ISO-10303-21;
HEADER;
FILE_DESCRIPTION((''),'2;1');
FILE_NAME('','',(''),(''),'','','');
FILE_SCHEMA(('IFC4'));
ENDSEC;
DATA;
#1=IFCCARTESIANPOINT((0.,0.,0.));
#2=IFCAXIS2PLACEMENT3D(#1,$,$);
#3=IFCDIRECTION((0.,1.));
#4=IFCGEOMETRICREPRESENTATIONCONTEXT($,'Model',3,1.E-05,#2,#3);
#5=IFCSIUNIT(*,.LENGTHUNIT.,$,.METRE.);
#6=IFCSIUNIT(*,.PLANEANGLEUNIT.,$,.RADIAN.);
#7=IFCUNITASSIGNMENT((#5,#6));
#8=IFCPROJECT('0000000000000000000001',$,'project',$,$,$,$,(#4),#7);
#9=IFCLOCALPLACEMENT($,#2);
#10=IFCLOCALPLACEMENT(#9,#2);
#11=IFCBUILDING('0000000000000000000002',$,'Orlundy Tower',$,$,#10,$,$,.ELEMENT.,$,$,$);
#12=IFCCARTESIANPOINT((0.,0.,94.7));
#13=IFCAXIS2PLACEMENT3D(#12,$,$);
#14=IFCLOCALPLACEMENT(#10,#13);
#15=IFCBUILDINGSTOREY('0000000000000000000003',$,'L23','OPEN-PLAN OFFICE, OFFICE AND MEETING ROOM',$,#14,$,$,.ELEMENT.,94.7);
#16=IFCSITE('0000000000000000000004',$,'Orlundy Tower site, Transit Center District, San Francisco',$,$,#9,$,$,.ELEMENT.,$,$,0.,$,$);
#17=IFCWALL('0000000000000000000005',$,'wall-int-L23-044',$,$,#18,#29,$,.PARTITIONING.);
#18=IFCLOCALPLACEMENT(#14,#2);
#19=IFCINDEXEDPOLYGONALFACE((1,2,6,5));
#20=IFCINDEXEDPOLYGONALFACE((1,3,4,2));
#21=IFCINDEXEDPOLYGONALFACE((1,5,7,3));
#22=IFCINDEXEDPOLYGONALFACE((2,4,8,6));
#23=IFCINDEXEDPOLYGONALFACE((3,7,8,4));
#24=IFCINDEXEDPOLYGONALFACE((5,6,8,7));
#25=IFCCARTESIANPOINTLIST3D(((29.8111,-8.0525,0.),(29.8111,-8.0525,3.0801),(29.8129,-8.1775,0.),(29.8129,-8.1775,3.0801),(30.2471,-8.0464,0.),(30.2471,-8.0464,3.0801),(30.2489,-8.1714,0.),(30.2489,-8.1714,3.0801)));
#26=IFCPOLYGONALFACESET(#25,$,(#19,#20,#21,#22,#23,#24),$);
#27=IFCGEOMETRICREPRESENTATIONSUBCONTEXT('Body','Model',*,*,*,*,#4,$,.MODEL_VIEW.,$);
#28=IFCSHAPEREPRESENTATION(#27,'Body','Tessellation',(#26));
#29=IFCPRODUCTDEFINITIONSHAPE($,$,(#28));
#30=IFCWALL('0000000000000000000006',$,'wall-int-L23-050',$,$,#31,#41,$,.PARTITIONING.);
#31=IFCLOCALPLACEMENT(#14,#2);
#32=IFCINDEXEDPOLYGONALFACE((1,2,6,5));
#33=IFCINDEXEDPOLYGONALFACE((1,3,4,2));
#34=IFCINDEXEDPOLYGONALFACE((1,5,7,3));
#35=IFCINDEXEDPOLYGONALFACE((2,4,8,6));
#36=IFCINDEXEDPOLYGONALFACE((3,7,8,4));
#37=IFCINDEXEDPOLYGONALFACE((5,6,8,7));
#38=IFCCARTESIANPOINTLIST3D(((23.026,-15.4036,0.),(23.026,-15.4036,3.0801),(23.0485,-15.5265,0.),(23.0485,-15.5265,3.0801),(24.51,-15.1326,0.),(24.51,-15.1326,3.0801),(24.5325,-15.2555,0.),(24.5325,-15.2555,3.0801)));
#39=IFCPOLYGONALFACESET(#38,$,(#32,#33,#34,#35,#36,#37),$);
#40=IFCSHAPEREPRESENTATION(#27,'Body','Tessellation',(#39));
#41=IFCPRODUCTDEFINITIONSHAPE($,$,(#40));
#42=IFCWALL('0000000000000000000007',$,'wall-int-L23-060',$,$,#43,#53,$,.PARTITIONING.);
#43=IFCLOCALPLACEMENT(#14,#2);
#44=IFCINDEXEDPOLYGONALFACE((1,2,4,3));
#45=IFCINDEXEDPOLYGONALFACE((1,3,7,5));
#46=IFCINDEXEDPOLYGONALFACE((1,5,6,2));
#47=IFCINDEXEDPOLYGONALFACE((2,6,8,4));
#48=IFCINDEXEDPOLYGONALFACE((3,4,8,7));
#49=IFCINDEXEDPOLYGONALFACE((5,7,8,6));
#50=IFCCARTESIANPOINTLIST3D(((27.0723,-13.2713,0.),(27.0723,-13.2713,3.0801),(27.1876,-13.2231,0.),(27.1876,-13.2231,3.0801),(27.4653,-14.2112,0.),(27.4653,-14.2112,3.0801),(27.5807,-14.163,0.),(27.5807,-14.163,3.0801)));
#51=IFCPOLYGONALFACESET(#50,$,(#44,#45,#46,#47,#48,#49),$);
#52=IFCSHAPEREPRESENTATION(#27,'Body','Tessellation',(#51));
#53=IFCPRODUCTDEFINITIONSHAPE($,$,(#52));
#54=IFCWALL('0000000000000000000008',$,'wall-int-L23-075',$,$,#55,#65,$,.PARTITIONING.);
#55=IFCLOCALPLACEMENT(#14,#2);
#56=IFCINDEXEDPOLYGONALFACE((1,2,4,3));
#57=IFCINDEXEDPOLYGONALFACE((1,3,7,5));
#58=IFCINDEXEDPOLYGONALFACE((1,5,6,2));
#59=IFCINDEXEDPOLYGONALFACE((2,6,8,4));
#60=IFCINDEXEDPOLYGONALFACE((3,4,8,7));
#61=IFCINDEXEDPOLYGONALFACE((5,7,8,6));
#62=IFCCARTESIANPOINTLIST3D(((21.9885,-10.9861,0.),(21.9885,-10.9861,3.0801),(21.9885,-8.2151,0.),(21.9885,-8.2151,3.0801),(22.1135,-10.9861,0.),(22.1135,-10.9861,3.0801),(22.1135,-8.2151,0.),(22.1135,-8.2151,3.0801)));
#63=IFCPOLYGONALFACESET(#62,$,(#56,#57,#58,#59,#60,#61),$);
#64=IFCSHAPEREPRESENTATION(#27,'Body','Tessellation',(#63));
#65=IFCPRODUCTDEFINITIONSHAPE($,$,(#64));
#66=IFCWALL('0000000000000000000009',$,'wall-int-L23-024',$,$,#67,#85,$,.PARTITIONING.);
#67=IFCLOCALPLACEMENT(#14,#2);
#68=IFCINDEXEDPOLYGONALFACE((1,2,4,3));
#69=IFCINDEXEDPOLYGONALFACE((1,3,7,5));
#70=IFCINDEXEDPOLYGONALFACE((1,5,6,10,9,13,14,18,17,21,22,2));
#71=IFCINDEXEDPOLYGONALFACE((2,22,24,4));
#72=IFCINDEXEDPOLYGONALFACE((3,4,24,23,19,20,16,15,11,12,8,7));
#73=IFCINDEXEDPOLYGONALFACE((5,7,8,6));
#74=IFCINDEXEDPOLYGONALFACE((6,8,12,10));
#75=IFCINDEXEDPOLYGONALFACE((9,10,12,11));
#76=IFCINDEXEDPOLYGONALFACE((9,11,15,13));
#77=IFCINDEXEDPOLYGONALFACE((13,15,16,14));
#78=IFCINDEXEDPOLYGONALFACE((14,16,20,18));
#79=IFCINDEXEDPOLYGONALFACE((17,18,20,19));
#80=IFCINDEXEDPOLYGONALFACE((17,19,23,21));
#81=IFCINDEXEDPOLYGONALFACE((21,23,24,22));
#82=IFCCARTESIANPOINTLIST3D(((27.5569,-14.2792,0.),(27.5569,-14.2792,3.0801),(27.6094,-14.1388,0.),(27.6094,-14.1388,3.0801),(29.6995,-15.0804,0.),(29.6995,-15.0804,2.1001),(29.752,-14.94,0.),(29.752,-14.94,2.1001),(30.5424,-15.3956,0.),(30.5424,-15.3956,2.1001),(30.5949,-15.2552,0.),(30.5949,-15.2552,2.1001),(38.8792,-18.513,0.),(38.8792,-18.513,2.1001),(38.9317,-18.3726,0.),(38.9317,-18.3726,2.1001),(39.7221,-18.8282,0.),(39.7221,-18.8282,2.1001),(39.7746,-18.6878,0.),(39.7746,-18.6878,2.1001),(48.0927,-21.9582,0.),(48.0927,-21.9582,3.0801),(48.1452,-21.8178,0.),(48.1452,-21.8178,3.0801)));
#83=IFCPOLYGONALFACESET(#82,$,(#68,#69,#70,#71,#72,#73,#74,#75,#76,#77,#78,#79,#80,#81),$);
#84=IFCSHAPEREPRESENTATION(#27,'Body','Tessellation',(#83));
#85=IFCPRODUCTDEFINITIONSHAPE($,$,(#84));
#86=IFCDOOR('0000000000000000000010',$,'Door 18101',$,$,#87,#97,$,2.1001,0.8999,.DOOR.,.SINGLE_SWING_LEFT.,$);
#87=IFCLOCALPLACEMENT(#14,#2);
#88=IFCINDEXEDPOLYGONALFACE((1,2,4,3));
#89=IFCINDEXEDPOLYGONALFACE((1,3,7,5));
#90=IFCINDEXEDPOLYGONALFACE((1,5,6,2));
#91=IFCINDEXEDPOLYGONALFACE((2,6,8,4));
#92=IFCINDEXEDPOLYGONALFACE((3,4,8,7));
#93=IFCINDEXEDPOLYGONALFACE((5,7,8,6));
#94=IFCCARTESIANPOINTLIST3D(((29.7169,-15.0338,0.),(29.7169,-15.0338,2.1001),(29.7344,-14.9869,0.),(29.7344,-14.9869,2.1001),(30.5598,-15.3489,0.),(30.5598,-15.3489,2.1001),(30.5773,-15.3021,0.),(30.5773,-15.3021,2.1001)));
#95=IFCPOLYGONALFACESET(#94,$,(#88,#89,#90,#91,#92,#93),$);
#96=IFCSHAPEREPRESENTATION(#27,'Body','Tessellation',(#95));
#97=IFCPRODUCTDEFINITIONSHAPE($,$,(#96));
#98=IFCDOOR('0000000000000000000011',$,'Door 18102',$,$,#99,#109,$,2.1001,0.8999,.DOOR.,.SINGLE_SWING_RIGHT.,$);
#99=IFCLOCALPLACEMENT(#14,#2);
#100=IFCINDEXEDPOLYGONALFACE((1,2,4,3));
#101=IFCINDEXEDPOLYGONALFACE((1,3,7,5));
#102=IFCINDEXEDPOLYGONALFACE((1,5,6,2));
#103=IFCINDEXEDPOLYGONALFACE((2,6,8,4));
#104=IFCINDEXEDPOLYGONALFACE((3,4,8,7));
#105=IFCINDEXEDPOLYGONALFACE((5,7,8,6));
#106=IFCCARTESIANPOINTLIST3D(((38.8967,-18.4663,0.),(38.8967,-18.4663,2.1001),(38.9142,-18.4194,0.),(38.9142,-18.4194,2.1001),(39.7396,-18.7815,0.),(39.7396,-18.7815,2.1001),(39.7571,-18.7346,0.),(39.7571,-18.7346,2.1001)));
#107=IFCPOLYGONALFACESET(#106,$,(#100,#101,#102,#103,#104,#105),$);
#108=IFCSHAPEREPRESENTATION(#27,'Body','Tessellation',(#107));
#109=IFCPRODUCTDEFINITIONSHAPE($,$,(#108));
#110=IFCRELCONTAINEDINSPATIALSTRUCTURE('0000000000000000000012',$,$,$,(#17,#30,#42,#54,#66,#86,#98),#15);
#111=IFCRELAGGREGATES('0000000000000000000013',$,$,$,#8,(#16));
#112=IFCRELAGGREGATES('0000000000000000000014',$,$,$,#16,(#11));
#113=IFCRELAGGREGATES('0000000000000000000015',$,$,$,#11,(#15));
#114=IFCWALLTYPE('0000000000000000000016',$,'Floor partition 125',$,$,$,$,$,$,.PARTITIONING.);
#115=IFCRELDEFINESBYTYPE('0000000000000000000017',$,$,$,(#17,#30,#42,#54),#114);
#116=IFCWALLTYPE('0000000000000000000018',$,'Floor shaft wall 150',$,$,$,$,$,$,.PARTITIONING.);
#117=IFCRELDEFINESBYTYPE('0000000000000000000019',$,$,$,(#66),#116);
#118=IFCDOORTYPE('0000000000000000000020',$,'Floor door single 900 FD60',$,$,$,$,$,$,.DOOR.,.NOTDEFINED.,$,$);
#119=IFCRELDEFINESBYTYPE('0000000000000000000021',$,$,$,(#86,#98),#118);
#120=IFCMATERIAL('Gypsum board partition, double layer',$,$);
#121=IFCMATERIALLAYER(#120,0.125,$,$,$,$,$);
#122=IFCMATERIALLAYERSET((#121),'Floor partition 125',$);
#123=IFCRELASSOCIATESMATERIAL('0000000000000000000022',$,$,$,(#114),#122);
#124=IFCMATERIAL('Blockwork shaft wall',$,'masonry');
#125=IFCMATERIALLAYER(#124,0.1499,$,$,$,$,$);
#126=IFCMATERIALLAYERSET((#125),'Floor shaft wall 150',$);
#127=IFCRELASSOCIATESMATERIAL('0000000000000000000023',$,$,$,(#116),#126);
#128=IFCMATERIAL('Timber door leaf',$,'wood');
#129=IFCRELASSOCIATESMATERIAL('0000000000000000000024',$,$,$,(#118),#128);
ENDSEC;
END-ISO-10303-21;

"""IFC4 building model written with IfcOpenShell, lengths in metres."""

from ifc_helpers import new_model, si_unit, direction, frame, frame_2d, origin, place, context, subcontext, project, spatial, rectangle, extrude, material, layer, layer_set, type_object, element, fill, save


model = new_model("IFC4")

# Units and contexts
model_context = context("Model", 3, precision=1e-05, world=origin(), true_north=direction((0.0, 1.0)))
body_context = subcontext(model_context, "Body", "Model", "MODEL_VIEW")
ifc_project = project(units=[si_unit("LENGTHUNIT", "METRE"), si_unit("PLANEANGLEUNIT", "RADIAN")], contexts=[model_context])

# Site, building, storey
site_placement = place(None, origin())
site = spatial("IfcSite", under=ifc_project, at=site_placement, Name="Orlundy Tower site, Transit Center District, San Francisco", CompositionType="ELEMENT", RefElevation=0.0)
building_placement = place(site_placement, origin())
building = spatial("IfcBuilding", under=site, at=building_placement, Name="Orlundy Tower", CompositionType="ELEMENT")
storey_placement = place(building_placement, frame((0.0, 0.0, 94.7)))
storey = spatial("IfcBuildingStorey", under=building, at=storey_placement, Name="L23", Description="OPEN-PLAN OFFICE, OFFICE AND MEETING ROOM", CompositionType="ELEMENT", Elevation=94.7)

# Shared definitions
ifc_material_1 = material(Name="Gypsum board partition, double layer")
ifc_layer_1 = layer(ifc_material_1, 0.125)
ifc_layer_set_1 = layer_set([ifc_layer_1], Name="Floor partition 125")
wall_type_1 = type_object("IfcWallType", Name="Floor partition 125", PredefinedType="PARTITIONING", material=ifc_layer_set_1)

# Walls
wall_1_placement = place(storey_placement, frame((29.812, -8.115, 0.0), z_axis=(0.0, 0.0, 1.0), x_axis=(0.999902, 0.013996, 0.0)))
element("IfcWall", 1, at=wall_1_placement, inside=storey, type_object=wall_type_1, Name="wall-int-L23-044", PredefinedType="PARTITIONING", context=body_context, shape_type="SweptSolid", body=[
    extrude(rectangle(XDim=0.436, YDim=0.125, at=frame_2d((0.218, 0.0))), origin(), (0.0, 0.0, 1.0), 3.0801),
])
wall_2_placement = place(storey_placement, frame((23.0371, -15.4651, 0.0), z_axis=(0.0, 0.0, 1.0), x_axis=(0.98373, 0.179654, 0.0)))
element("IfcWall", 2, at=wall_2_placement, inside=storey, type_object=wall_type_1, Name="wall-int-L23-050", PredefinedType="PARTITIONING", context=body_context, shape_type="SweptSolid", body=[
    extrude(rectangle(XDim=1.5085, YDim=0.125, at=frame_2d((0.7544, 0.0))), origin(), (0.0, 0.0, 1.0), 3.0801),
])
wall_3_placement = place(storey_placement, frame((27.5229, -14.187, 0.0), z_axis=(0.0, 0.0, 1.0), x_axis=(-0.385806, 0.92258, 0.0)))
element("IfcWall", 3, at=wall_3_placement, inside=storey, type_object=wall_type_1, Name="wall-int-L23-060", PredefinedType="PARTITIONING", context=body_context, shape_type="SweptSolid", body=[
    extrude(rectangle(XDim=1.0188, YDim=0.125, at=frame_2d((0.5093, 0.0))), origin(), (0.0, 0.0, 1.0), 3.0801),
])
wall_4_placement = place(storey_placement, frame((22.051, -10.9861, 0.0), z_axis=(0.0, 0.0, 1.0), x_axis=(0.0, 1.0, 0.0)))
element("IfcWall", 4, at=wall_4_placement, inside=storey, type_object=wall_type_1, Name="wall-int-L23-075", PredefinedType="PARTITIONING", context=body_context, shape_type="SweptSolid", body=[
    extrude(rectangle(XDim=2.771, YDim=0.125, at=frame_2d((1.3855, 0.0))), origin(), (0.0, 0.0, 1.0), 3.0801),
])

# Wall, openings, doors
ifc_material_2 = material(Name="Blockwork shaft wall", Category="masonry")
ifc_layer_2 = layer(ifc_material_2, 0.1499)
ifc_layer_set_2 = layer_set([ifc_layer_2], Name="Floor shaft wall 150")
wall_type_2 = type_object("IfcWallType", Name="Floor shaft wall 150", PredefinedType="PARTITIONING", material=ifc_layer_set_2)
wall_5_placement = place(storey_placement, frame((27.583, -14.209, 0.0), z_axis=(0.0, 0.0, 1.0), x_axis=(0.936659, -0.350243, 0.0)))
wall_5 = element("IfcWall", 5, at=wall_5_placement, inside=storey, type_object=wall_type_2, Name="wall-int-L23-024", PredefinedType="PARTITIONING", context=body_context, shape_type="SweptSolid", body=[
    extrude(rectangle(XDim=21.9246, YDim=0.1499, at=frame_2d((10.9624, 0.0))), origin(), (0.0, 0.0, 1.0), 3.0801),
])
opening_1_placement = place(wall_5_placement, frame((2.2876, 0.0, 0.0)))
opening_1 = element("IfcOpeningElement", 6, at=opening_1_placement, cuts=wall_5, PredefinedType="OPENING", context=body_context, shape_type="SweptSolid", body=[
    extrude(rectangle(XDim=0.8999, YDim=2.1001, at=frame_2d((0.45, 1.05))), frame((0.0, 0.085, 0.0), z_axis=(0.0, -1.0, 0.0), x_axis=(1.0, 0.0, 0.0)), (0.0, 0.0, 1.0), 0.1699),
])
opening_2_placement = place(wall_5_placement, frame((12.0881, 0.0, 0.0)))
opening_2 = element("IfcOpeningElement", 7, at=opening_2_placement, cuts=wall_5, PredefinedType="OPENING", context=body_context, shape_type="SweptSolid", body=[
    extrude(rectangle(XDim=0.8999, YDim=2.1001, at=frame_2d((0.45, 1.05))), frame((0.0, 0.085, 0.0), z_axis=(0.0, -1.0, 0.0), x_axis=(1.0, 0.0, 0.0)), (0.0, 0.0, 1.0), 0.1699),
])
ifc_material_3 = material(Name="Timber door leaf", Category="wood")
door_type_1 = type_object("IfcDoorType", Name="Floor door single 900 FD60", OperationType="NOTDEFINED", PredefinedType="DOOR", material=ifc_material_3)
door_1_placement = place(opening_1_placement, origin())
door_1 = element("IfcDoor", 8, at=door_1_placement, inside=storey, type_object=door_type_1, Name="Door 18101", OperationType="SINGLE_SWING_LEFT", OverallHeight=2.1001, OverallWidth=0.8999, PredefinedType="DOOR", context=body_context, shape_type="SweptSolid", body=[
    extrude(rectangle(XDim=0.8999, YDim=2.1001, at=frame_2d((0.45, 1.05))), frame((0.0, 0.0249, 0.0), z_axis=(0.0, -1.0, 0.0), x_axis=(1.0, 0.0, 0.0)), (0.0, 0.0, 1.0), 0.05),
])
fill(opening_1, door_1)
door_2_placement = place(opening_2_placement, origin())
door_2 = element("IfcDoor", 9, at=door_2_placement, inside=storey, type_object=door_type_1, Name="Door 18102", OperationType="SINGLE_SWING_RIGHT", OverallHeight=2.1001, OverallWidth=0.8999, PredefinedType="DOOR", context=body_context, shape_type="SweptSolid", body=[
    extrude(rectangle(XDim=0.8999, YDim=2.1001, at=frame_2d((0.45, 1.05))), frame((0.0, 0.0249, 0.0), z_axis=(0.0, -1.0, 0.0), x_axis=(1.0, 0.0, 0.0)), (0.0, 0.0, 1.0), 0.05),
])
fill(opening_2, door_2)

save(model, "model.ifc")
